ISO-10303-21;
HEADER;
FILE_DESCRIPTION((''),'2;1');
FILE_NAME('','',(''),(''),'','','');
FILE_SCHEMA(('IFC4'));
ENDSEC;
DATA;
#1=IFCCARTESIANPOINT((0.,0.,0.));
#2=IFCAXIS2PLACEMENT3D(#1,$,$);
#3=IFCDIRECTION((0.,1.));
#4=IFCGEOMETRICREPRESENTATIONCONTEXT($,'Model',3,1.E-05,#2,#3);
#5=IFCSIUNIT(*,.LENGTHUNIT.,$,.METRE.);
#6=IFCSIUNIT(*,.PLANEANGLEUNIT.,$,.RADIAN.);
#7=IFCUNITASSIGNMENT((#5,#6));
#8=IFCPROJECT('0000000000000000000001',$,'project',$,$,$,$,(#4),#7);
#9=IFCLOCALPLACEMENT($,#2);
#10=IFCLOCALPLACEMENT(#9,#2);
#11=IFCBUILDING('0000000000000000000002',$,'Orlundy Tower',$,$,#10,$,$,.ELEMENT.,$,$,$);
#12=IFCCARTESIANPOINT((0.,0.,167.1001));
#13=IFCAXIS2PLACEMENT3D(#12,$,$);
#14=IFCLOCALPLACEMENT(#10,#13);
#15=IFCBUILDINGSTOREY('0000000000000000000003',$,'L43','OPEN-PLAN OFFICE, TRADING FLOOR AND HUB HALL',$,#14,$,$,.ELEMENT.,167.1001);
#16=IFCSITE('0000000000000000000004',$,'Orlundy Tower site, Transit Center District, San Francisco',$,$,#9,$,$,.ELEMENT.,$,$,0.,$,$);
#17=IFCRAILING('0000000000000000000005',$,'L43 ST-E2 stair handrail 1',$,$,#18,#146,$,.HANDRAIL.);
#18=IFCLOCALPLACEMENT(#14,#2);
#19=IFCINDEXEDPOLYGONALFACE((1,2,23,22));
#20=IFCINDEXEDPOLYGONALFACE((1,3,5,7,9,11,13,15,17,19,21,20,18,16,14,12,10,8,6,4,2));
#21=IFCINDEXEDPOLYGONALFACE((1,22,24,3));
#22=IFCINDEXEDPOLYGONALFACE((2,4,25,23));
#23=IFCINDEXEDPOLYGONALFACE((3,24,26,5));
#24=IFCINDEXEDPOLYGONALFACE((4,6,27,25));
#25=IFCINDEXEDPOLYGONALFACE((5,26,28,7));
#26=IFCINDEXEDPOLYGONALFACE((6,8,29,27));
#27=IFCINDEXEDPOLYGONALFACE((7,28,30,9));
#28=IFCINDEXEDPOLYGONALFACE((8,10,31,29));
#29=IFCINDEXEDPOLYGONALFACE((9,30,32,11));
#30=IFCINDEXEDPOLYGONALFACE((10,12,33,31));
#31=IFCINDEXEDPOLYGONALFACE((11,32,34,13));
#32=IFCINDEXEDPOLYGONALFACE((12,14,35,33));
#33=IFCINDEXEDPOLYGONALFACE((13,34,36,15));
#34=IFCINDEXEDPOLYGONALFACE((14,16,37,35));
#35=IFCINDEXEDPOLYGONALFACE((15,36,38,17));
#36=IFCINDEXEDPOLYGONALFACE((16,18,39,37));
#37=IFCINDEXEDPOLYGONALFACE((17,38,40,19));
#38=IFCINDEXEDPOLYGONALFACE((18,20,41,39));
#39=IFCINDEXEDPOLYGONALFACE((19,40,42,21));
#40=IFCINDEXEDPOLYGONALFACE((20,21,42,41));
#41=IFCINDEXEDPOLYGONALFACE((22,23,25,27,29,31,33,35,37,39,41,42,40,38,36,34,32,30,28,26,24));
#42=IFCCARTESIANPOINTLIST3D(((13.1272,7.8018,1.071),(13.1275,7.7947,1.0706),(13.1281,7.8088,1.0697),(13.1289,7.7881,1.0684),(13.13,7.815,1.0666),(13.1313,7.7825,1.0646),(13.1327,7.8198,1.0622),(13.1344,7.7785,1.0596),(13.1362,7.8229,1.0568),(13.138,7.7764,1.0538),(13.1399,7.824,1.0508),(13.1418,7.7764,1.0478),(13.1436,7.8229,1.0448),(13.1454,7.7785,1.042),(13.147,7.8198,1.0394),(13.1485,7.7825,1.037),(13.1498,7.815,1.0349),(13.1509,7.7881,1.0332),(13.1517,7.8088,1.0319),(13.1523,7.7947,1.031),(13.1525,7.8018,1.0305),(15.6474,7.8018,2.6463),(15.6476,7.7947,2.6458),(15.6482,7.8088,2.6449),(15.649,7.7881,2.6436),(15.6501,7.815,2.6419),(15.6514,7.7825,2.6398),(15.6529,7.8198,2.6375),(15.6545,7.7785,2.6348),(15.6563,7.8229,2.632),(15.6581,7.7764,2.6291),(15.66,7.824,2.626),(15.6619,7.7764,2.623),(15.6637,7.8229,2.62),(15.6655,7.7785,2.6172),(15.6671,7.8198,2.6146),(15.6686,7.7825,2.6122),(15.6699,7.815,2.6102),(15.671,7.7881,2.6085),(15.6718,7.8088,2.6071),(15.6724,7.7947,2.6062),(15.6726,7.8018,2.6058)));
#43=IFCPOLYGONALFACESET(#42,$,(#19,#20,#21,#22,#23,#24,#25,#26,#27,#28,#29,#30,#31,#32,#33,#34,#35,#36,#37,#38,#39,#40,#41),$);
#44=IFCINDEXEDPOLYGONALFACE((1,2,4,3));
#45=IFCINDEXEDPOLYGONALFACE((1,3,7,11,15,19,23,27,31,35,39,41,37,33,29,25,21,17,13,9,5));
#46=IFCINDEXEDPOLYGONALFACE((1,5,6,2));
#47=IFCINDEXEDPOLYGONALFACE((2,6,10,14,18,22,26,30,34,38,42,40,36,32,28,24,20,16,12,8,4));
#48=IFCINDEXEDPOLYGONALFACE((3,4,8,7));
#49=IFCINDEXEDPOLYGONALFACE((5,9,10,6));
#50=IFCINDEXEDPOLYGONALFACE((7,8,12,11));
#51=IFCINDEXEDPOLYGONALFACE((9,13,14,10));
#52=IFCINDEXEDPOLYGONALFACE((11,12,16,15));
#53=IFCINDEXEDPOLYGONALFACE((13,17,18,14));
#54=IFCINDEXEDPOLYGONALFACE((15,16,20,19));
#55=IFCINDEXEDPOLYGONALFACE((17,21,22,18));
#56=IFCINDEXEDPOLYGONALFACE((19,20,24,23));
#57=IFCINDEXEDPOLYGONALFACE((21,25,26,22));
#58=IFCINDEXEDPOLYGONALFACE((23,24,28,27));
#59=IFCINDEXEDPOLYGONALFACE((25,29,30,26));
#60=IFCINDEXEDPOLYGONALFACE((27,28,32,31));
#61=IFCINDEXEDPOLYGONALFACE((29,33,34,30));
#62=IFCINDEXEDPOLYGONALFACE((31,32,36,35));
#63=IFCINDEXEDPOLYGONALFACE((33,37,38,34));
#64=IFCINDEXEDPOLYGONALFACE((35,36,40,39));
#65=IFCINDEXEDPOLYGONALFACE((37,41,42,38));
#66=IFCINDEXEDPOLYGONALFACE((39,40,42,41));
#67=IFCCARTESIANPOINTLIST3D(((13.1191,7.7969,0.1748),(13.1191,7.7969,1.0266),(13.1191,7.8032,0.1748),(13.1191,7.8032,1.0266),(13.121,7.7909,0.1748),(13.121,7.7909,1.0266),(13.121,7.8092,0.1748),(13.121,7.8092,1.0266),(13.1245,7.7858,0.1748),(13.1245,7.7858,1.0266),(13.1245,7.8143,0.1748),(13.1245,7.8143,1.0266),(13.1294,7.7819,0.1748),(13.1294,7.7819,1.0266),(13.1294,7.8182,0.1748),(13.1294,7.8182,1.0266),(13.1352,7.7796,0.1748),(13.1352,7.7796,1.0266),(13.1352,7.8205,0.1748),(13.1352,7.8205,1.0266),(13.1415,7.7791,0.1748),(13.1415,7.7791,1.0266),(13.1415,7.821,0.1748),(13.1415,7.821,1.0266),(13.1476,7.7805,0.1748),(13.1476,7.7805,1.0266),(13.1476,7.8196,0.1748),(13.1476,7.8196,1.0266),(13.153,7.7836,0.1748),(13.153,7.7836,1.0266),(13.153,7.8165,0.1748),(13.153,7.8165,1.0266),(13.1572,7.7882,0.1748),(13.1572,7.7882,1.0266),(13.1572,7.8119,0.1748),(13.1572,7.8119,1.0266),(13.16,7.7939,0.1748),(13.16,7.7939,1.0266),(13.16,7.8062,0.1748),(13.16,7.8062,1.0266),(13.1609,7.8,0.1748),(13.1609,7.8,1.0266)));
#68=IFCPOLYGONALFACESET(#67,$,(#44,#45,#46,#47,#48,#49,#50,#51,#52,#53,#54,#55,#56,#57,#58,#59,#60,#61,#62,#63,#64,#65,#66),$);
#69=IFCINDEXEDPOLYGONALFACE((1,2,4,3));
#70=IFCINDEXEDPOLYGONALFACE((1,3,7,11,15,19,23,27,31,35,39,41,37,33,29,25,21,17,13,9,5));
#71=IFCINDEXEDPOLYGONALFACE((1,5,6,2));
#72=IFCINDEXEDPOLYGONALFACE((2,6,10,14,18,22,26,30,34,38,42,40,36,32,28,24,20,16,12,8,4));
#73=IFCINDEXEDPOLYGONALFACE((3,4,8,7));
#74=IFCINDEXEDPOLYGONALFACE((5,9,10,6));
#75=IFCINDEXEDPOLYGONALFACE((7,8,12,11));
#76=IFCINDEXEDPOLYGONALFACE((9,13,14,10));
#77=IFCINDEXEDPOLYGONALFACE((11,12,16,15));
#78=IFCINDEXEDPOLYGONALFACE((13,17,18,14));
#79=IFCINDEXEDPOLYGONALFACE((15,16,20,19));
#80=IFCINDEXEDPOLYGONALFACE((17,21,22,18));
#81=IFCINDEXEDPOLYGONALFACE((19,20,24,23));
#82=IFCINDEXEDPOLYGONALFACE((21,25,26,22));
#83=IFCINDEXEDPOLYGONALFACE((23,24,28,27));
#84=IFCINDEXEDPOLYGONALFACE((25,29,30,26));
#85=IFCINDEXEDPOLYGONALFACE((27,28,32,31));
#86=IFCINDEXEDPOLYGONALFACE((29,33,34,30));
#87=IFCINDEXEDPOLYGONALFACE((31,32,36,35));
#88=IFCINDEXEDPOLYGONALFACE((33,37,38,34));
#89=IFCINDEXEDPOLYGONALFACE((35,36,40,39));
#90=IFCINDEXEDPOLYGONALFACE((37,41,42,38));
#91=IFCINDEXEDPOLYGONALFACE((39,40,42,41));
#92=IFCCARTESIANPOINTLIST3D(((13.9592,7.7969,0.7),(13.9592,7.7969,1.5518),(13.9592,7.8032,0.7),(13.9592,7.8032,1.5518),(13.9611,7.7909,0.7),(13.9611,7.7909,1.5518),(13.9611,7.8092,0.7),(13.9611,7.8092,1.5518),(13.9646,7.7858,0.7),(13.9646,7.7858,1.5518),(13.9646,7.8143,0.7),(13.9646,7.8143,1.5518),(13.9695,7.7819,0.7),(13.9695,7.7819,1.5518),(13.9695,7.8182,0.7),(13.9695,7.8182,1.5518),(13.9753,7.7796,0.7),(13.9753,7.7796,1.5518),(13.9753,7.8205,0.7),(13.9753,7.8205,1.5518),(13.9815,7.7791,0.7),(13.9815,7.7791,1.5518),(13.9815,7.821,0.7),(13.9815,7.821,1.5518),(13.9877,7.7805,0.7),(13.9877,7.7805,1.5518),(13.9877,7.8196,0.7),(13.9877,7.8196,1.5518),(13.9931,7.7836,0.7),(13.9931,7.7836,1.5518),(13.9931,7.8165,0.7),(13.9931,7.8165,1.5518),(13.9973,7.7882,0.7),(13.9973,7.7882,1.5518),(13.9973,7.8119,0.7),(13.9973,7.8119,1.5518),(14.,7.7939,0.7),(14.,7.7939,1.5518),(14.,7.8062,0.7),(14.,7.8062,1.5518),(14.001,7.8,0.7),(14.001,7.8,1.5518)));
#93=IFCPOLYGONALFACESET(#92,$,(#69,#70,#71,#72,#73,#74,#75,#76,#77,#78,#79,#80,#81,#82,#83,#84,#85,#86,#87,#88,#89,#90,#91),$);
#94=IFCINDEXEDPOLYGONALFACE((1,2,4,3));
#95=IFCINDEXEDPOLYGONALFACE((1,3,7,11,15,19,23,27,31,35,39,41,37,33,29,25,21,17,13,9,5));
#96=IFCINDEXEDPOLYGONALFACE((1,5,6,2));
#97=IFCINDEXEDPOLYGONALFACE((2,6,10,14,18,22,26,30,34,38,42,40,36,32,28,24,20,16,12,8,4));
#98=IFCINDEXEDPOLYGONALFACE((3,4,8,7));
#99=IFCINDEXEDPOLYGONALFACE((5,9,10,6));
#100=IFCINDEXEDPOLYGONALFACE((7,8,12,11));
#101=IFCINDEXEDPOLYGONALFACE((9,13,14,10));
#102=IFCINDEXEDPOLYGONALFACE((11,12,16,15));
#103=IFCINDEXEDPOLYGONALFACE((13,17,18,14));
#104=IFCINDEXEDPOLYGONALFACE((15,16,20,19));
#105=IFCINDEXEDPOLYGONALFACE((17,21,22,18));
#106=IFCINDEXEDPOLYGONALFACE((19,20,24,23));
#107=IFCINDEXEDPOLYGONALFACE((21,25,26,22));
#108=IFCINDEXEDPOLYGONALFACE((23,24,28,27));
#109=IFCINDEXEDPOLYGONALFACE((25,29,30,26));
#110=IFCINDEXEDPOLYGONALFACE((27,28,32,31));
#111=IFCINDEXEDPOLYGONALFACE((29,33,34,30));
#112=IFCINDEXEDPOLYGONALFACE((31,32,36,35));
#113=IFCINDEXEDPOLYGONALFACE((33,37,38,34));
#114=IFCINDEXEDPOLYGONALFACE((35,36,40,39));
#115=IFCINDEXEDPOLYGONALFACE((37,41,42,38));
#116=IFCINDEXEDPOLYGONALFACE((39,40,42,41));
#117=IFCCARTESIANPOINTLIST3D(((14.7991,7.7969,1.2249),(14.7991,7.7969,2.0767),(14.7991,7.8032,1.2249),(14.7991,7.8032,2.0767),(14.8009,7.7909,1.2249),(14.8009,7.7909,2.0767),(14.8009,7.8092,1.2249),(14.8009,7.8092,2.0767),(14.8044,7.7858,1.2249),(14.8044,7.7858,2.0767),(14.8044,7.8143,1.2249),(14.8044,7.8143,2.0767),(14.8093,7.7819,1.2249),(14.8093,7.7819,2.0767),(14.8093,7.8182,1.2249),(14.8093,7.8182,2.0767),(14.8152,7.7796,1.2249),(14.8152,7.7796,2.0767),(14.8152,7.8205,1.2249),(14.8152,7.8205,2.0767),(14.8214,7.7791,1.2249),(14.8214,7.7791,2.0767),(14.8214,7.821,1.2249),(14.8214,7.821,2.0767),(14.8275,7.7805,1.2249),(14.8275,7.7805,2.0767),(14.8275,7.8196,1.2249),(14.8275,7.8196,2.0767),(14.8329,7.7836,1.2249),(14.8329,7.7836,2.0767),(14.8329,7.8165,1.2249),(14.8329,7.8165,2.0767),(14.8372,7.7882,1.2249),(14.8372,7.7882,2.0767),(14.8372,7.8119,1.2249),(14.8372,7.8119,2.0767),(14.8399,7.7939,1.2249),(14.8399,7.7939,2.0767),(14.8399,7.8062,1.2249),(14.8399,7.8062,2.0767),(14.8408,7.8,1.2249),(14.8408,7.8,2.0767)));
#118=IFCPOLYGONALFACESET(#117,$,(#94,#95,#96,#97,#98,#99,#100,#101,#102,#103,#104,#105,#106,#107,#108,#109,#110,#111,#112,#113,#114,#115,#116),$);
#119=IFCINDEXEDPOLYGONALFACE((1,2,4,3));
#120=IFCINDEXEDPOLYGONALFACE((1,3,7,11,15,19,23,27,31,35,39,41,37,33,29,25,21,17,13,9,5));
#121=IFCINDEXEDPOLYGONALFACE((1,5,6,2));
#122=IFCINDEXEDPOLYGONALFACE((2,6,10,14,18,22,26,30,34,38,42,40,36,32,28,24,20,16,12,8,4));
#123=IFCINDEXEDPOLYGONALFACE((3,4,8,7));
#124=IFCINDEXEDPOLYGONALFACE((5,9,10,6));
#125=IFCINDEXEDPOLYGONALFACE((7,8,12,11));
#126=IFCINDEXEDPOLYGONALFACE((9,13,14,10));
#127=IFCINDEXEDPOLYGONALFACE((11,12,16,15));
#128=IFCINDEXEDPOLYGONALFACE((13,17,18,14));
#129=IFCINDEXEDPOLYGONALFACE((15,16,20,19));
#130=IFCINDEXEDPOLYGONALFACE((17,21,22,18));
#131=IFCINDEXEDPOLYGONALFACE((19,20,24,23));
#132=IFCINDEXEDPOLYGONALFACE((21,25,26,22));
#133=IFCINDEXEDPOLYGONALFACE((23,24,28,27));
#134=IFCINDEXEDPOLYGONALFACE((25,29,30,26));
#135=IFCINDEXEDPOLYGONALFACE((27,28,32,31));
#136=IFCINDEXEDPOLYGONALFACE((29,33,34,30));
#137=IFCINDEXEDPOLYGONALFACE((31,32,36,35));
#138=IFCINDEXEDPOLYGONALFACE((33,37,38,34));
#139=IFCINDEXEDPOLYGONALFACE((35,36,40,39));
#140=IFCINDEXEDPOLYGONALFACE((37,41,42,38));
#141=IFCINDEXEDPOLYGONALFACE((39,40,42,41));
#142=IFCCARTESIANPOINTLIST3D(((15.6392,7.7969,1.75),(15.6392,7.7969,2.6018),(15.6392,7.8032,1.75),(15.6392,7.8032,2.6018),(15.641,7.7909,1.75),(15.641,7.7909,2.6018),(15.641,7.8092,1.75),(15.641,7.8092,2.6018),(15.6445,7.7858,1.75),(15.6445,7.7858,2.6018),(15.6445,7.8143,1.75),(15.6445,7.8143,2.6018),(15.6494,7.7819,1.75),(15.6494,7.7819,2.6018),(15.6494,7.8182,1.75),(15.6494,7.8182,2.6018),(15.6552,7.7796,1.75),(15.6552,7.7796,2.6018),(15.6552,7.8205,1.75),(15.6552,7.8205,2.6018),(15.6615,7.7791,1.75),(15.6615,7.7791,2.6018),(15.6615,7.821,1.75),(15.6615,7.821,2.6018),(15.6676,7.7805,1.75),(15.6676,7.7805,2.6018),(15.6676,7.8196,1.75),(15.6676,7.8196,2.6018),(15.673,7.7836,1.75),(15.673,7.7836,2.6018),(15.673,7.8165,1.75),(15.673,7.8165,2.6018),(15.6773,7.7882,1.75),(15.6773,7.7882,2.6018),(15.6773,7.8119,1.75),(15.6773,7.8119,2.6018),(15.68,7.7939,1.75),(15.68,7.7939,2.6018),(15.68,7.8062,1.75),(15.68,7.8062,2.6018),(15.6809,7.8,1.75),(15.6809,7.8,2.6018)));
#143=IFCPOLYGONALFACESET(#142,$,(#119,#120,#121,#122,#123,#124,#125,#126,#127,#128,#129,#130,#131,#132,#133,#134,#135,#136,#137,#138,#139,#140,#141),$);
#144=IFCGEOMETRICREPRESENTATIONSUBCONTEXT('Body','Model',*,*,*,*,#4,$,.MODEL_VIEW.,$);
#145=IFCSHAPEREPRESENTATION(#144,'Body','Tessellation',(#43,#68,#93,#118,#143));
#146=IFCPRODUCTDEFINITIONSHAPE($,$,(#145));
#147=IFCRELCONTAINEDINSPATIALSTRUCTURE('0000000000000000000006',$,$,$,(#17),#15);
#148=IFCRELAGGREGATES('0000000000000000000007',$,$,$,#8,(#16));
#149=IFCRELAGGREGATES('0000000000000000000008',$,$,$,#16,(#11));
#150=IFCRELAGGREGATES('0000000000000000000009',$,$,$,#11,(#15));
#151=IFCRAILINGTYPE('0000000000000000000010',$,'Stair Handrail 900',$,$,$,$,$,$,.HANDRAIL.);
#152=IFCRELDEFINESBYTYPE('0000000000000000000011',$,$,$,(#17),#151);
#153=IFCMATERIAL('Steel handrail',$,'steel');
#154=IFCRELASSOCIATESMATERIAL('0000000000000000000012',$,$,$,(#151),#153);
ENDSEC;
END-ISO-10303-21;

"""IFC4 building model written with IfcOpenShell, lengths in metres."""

from ifc_helpers import new_model, si_unit, direction, frame, origin, origin_2d, place, context, subcontext, project, spatial, circle, extrude, material, type_object, element, save


model = new_model("IFC4")

# Units and contexts
model_context = context("Model", 3, precision=1e-05, world=origin(), true_north=direction((0.0, 1.0)))
body_context = subcontext(model_context, "Body", "Model", "MODEL_VIEW")
ifc_project = project(units=[si_unit("LENGTHUNIT", "METRE"), si_unit("PLANEANGLEUNIT", "RADIAN")], contexts=[model_context])

# Site, building, storey
site_placement = place(None, origin())
site = spatial("IfcSite", under=ifc_project, at=site_placement, Name="Orlundy Tower site, Transit Center District, San Francisco", CompositionType="ELEMENT", RefElevation=0.0)
building_placement = place(site_placement, origin())
building = spatial("IfcBuilding", under=site, at=building_placement, Name="Orlundy Tower", CompositionType="ELEMENT")
storey_placement = place(building_placement, frame((0.0, 0.0, 167.1001)))
storey = spatial("IfcBuildingStorey", under=building, at=storey_placement, Name="L43", Description="OPEN-PLAN OFFICE, TRADING FLOOR AND HUB HALL", CompositionType="ELEMENT", Elevation=167.1001)

# Railing
ifc_material_1 = material(Name="Steel handrail", Category="steel")
railing_type = type_object("IfcRailingType", Name="Stair Handrail 900", PredefinedType="HANDRAIL", material=ifc_material_1)
railing_placement = place(storey_placement, frame((13.1399, 7.8, 0.1748)))
element("IfcRailing", 1, at=railing_placement, inside=storey, type_object=railing_type, Name="L43 ST-E2 stair handrail 1", PredefinedType="HANDRAIL", context=body_context, shape_type="SweptSolid", body=[
    extrude(circle(Radius=0.0239, at=origin_2d()), frame((0.0, 0.0, 0.876), z_axis=(0.847971, 0.0, 0.530043), x_axis=(0.0, 1.0, 0.0)), (0.0, 0.0, 1.0), 2.9719),
    extrude(circle(Radius=0.021, at=origin_2d()), origin(), (0.0, 0.0, 1.0), 0.8518),
    extrude(circle(Radius=0.021, at=origin_2d()), frame((0.8401, 0.0, 0.5251)), (0.0, 0.0, 1.0), 0.8518),
    extrude(circle(Radius=0.021, at=origin_2d()), frame((1.6799, 0.0, 1.05)), (0.0, 0.0, 1.0), 0.8518),
    extrude(circle(Radius=0.021, at=origin_2d()), frame((2.52, 0.0, 1.5752)), (0.0, 0.0, 1.0), 0.8518),
])

save(model, "model.ifc")
